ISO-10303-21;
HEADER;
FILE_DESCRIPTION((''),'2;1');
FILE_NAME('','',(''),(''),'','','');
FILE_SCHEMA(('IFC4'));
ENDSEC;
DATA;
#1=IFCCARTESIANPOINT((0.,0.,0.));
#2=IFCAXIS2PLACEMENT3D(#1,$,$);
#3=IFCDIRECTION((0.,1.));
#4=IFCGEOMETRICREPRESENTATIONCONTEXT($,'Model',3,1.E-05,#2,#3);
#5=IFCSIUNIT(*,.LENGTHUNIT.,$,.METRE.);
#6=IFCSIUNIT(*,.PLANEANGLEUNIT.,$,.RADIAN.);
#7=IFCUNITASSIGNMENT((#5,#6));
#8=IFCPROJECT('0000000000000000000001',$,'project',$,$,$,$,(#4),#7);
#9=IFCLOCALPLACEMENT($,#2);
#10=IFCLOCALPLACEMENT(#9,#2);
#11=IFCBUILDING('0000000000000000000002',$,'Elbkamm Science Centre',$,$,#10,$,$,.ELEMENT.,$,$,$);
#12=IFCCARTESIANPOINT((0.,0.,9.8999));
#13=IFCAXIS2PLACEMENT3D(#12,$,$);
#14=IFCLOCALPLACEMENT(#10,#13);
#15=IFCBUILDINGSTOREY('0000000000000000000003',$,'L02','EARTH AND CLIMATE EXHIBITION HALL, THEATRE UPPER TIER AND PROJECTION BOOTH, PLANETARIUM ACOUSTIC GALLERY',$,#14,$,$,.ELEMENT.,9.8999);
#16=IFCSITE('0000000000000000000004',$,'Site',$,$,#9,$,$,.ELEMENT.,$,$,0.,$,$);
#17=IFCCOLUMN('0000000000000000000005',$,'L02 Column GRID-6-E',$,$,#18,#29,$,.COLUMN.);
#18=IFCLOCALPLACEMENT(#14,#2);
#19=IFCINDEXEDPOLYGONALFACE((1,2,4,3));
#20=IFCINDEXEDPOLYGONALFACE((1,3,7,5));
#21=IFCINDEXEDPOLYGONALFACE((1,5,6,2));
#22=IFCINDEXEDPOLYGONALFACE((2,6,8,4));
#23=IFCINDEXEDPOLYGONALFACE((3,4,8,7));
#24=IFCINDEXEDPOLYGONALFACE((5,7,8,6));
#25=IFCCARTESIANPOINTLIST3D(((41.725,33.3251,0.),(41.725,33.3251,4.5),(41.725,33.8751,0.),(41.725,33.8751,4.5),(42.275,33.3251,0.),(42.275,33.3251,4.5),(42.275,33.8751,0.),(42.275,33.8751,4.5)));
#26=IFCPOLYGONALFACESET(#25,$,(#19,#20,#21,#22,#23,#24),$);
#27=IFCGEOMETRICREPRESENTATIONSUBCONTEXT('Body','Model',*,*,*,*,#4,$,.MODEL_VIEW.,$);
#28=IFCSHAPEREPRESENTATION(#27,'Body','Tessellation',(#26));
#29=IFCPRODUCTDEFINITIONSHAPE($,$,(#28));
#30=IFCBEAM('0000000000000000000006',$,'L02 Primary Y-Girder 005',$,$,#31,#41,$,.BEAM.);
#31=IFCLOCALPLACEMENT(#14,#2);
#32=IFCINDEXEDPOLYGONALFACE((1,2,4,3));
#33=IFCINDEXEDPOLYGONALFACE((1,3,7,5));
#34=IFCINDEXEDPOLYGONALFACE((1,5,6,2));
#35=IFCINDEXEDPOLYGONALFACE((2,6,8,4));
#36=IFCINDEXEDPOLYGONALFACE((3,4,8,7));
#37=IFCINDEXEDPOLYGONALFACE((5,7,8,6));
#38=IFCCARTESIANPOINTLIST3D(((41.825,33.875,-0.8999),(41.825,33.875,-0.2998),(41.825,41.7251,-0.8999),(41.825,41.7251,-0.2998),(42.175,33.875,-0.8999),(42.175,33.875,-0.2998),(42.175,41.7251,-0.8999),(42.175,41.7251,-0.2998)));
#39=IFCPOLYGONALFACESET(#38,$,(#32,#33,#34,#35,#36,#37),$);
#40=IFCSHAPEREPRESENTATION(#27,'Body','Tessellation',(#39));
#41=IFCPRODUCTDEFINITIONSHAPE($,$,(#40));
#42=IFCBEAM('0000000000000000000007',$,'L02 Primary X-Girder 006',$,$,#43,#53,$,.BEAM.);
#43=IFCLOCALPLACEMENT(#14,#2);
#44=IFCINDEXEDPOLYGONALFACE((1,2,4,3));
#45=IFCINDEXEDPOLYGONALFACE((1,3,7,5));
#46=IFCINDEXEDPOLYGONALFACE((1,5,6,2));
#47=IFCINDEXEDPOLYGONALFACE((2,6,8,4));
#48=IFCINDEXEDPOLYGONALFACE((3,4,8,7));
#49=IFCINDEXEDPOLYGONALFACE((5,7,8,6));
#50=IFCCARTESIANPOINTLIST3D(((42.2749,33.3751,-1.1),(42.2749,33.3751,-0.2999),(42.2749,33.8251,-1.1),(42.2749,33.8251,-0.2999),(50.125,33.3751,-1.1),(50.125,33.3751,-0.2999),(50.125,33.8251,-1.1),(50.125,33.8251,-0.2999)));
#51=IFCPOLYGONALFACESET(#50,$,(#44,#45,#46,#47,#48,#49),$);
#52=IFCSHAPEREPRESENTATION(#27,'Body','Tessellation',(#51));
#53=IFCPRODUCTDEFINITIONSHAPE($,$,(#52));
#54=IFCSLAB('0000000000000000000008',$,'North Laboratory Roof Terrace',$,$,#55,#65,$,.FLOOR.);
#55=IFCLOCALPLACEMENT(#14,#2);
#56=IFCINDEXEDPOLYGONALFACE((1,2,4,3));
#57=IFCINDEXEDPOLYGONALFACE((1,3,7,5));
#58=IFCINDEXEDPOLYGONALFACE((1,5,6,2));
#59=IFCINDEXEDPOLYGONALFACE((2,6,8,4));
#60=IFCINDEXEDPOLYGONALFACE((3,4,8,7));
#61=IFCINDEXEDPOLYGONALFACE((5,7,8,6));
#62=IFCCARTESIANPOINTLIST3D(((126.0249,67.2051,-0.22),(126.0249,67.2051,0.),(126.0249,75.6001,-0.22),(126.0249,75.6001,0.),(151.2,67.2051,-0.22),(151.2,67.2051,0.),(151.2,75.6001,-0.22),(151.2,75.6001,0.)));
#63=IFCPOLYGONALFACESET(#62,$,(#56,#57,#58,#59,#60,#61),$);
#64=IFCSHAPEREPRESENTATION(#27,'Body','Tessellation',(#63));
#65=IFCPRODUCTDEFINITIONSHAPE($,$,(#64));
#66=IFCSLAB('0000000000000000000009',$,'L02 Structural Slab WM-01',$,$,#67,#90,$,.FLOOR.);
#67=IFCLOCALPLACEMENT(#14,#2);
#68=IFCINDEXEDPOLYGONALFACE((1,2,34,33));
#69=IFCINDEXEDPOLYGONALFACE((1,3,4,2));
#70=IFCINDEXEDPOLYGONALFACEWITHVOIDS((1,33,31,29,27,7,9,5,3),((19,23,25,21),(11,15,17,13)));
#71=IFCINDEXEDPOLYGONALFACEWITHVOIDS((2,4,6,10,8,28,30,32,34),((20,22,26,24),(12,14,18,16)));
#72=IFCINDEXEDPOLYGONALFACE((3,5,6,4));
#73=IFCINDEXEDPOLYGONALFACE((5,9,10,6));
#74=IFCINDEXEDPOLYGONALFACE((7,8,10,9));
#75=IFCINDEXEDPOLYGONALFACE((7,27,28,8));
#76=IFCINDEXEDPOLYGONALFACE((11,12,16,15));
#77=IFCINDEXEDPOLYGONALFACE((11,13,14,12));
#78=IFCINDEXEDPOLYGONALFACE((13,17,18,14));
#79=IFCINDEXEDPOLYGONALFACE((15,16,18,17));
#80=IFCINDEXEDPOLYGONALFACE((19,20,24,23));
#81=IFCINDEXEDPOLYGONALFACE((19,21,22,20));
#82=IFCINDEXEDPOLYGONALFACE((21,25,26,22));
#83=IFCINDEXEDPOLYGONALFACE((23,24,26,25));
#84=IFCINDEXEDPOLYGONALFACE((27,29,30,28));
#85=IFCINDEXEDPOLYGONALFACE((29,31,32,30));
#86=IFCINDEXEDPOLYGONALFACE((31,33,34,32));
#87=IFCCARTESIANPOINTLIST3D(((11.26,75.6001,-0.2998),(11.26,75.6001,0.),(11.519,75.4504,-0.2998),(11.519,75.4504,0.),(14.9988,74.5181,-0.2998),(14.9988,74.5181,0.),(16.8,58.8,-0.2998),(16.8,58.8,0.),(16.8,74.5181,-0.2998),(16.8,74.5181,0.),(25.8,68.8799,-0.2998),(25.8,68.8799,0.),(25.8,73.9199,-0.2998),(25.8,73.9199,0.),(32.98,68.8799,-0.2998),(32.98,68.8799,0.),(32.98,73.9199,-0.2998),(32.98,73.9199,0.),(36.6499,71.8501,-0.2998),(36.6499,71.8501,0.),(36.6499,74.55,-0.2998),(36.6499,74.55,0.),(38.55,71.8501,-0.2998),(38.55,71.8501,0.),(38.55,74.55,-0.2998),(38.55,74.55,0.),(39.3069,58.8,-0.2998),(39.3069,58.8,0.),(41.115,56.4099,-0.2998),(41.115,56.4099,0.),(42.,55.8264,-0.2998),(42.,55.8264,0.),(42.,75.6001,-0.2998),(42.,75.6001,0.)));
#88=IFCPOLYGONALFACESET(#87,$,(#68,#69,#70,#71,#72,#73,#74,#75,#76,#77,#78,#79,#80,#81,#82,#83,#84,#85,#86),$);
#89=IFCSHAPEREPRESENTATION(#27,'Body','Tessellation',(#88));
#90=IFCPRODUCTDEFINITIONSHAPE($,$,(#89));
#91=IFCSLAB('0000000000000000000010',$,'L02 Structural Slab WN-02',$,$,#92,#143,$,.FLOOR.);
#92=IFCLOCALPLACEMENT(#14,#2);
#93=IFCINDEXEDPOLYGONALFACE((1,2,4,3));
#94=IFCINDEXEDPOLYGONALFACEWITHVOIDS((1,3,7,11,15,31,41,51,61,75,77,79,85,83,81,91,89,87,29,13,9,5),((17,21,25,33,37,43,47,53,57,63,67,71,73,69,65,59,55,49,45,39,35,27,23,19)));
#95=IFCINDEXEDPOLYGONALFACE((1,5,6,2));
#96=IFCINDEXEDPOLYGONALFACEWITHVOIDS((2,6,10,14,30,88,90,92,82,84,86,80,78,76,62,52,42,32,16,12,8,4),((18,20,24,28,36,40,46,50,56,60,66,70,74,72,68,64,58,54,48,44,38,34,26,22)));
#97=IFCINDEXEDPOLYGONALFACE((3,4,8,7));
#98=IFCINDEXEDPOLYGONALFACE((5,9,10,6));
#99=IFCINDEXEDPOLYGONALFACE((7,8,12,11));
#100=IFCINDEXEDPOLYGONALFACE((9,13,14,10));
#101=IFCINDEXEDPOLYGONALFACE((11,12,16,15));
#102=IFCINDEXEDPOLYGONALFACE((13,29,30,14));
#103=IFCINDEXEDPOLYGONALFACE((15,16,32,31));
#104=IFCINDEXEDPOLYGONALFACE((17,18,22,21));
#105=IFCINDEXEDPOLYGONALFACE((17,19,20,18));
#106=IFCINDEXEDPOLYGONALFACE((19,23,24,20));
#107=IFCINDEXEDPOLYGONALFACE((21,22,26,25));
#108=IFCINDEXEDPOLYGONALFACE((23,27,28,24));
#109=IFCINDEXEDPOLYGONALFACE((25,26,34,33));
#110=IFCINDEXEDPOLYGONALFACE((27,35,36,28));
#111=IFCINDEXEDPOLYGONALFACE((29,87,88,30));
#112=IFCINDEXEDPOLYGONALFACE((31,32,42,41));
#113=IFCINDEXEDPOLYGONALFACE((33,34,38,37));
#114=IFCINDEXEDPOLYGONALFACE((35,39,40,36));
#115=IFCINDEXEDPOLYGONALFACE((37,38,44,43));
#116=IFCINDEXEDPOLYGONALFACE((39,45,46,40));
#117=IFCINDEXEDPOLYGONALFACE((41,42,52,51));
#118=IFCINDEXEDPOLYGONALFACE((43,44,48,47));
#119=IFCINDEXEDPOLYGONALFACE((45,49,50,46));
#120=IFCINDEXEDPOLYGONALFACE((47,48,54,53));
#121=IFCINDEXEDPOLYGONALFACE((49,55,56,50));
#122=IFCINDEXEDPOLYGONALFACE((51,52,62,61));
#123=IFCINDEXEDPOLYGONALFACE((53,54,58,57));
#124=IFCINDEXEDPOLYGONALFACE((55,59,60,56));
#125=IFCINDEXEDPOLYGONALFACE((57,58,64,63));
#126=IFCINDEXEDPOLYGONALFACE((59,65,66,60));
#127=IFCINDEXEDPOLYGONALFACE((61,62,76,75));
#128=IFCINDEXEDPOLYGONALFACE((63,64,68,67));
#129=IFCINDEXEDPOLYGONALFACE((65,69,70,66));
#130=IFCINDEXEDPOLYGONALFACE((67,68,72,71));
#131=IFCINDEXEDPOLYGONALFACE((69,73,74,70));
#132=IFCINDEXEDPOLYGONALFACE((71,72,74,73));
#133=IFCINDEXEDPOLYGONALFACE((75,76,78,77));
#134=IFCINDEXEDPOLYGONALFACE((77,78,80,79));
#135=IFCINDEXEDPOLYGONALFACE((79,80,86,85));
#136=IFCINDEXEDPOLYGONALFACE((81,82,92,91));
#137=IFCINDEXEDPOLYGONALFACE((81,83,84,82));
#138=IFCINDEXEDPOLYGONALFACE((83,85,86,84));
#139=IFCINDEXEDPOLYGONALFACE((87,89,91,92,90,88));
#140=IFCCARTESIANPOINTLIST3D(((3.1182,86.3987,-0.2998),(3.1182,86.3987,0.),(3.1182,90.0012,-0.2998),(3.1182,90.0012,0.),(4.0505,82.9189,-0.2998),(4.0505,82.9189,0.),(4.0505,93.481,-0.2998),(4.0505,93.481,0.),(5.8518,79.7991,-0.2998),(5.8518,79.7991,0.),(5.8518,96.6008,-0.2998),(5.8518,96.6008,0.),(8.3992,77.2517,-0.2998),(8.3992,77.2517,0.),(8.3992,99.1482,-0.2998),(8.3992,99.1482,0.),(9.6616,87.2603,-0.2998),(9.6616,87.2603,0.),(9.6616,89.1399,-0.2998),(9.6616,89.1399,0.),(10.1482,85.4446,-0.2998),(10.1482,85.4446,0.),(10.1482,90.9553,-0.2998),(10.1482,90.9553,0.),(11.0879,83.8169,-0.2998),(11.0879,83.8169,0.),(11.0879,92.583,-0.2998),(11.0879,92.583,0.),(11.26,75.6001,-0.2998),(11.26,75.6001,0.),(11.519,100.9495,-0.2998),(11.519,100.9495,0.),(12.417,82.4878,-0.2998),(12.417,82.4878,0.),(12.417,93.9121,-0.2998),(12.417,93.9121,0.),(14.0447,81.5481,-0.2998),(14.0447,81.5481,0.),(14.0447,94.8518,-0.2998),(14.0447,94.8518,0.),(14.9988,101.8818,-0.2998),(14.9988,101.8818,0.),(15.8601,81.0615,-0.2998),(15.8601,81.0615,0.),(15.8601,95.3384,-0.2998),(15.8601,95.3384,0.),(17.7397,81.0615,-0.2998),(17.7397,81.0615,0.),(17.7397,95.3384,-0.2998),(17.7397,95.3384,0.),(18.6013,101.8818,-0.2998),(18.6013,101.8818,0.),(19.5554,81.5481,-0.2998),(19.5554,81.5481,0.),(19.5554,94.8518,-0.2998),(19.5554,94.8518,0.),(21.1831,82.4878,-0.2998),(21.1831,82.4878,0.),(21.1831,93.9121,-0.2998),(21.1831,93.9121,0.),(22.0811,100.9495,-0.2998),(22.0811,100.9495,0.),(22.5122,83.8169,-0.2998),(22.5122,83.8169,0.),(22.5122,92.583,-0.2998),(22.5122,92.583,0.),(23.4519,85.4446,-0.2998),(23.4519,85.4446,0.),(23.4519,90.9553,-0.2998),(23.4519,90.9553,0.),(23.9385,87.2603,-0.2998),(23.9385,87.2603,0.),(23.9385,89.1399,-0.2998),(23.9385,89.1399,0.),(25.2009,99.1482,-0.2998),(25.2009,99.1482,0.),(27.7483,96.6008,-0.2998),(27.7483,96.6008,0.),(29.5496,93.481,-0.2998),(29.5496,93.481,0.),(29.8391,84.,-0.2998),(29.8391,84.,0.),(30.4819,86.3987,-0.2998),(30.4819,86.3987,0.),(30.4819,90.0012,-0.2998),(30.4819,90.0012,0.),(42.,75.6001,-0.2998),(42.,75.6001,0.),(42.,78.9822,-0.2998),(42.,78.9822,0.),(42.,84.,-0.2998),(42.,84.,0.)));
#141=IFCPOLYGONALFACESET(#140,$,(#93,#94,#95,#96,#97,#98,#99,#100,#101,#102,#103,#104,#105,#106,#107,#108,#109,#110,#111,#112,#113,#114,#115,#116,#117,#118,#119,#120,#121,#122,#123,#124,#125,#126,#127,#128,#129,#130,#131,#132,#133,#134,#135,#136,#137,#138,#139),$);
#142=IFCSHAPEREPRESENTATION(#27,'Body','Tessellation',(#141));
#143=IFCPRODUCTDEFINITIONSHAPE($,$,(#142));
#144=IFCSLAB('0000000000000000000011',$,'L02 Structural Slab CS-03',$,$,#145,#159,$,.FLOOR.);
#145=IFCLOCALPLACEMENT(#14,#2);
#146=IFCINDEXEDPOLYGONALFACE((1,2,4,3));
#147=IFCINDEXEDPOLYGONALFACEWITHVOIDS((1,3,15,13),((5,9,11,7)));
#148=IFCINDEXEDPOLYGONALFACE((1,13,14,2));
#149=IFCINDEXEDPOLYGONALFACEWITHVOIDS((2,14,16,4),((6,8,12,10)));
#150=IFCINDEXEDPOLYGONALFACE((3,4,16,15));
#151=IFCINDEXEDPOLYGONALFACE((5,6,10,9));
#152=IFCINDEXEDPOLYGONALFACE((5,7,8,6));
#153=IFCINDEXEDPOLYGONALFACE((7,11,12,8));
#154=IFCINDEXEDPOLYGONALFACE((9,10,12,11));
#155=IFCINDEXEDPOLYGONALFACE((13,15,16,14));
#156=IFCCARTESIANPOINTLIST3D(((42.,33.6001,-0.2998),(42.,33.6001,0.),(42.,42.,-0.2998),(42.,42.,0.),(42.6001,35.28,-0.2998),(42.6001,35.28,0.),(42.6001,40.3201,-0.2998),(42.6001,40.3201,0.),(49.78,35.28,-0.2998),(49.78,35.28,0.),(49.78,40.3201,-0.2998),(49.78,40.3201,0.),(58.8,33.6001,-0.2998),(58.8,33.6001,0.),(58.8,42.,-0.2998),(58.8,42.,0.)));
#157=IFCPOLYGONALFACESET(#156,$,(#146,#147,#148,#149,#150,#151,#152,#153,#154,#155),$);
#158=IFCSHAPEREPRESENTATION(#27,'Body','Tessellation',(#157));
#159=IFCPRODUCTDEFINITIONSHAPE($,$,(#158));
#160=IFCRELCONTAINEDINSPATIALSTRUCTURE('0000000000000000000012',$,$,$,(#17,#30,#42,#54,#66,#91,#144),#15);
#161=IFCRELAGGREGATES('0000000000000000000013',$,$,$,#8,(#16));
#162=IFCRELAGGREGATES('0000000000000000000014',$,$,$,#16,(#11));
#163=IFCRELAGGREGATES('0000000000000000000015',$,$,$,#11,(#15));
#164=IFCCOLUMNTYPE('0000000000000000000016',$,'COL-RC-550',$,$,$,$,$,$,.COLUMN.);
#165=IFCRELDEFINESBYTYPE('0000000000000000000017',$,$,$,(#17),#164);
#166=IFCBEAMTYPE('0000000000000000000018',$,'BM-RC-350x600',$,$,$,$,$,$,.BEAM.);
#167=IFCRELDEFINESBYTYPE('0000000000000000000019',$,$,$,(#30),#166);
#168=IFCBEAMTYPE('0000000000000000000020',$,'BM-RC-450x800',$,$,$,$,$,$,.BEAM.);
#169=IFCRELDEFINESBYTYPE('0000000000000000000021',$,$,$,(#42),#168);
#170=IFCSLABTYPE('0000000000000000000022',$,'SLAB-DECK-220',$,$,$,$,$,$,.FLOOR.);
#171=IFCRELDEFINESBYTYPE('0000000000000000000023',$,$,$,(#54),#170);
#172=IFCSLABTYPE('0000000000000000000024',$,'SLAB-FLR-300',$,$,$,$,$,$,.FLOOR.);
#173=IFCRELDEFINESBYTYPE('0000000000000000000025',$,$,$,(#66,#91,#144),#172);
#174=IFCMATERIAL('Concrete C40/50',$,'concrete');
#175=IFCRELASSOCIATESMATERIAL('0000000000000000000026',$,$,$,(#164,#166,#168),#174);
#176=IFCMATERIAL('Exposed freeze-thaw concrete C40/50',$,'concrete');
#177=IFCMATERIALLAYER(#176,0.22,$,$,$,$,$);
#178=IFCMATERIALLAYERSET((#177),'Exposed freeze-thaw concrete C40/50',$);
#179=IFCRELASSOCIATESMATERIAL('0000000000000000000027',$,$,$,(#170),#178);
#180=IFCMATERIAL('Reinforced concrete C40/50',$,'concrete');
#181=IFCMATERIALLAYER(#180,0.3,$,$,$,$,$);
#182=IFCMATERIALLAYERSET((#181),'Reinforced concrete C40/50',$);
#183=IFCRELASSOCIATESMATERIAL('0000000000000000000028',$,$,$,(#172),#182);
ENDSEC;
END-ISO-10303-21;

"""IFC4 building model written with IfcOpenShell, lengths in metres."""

from ifc_helpers import new_model, si_unit, direction, frame, origin, origin_2d, place, context, subcontext, project, spatial, polyline, rectangle, outline, extrude, material, layer, layer_set, material_profile, profile_set, type_object, element, save


model = new_model("IFC4")

# Units and contexts
model_context = context("Model", 3, precision=1e-05, world=origin(), true_north=direction((0.0, 1.0)))
body_context = subcontext(model_context, "Body", "Model", "MODEL_VIEW")
ifc_project = project(units=[si_unit("LENGTHUNIT", "METRE"), si_unit("PLANEANGLEUNIT", "RADIAN")], contexts=[model_context])

# Site, building, storey
site_placement = place(None, origin())
site = spatial("IfcSite", under=ifc_project, at=site_placement, Name="Site", CompositionType="ELEMENT", RefElevation=0.0)
building_placement = place(site_placement, origin())
building = spatial("IfcBuilding", under=site, at=building_placement, Name="Elbkamm Science Centre", CompositionType="ELEMENT")
storey_placement = place(building_placement, frame((0.0, 0.0, 9.8999)))
storey = spatial("IfcBuildingStorey", under=building, at=storey_placement, Name="L02", Description="EARTH AND CLIMATE EXHIBITION HALL, THEATRE UPPER TIER AND PROJECTION BOOTH, PLANETARIUM ACOUSTIC GALLERY", CompositionType="ELEMENT", Elevation=9.8999)

# Column
ifc_material_1 = material(Name="Concrete C40/50", Category="concrete")
ifc_material_profile_1 = material_profile(ifc_material_1, rectangle(XDim=0.55, YDim=0.55, at=origin_2d()), Name="RC 550x550")
ifc_profile_set_1 = profile_set([ifc_material_profile_1], Name="Concrete C40/50")
column_type = type_object("IfcColumnType", Name="COL-RC-550", PredefinedType="COLUMN", material=ifc_profile_set_1)
column_placement = place(storey_placement, frame((42.0, 33.6001, 0.0), z_axis=(0.0, 0.0, 1.0), x_axis=(1.0, 0.0, 0.0)))
element("IfcColumn", 1, at=column_placement, inside=storey, type_object=column_type, Name="L02 Column GRID-6-E", PredefinedType="COLUMN", context=body_context, shape_type="SweptSolid", body=[
    extrude(rectangle(XDim=0.55, YDim=0.55, at=origin_2d()), origin(), (0.0, 0.0, 1.0), 4.5),
])

# Beams
ifc_material_profile_2 = material_profile(ifc_material_1, rectangle(XDim=0.3501, YDim=0.6001, at=origin_2d()), Name="RC 350x600")
ifc_profile_set_2 = profile_set([ifc_material_profile_2], Name="Concrete C40/50")
beam_type_1 = type_object("IfcBeamType", Name="BM-RC-350x600", PredefinedType="BEAM", material=ifc_profile_set_2)
beam_1_placement = place(storey_placement, frame((42.0, 33.875, -0.5999), z_axis=(0.0, 1.0, 0.0), x_axis=(-1.0, 0.0, 0.0)))
element("IfcBeam", 2, at=beam_1_placement, inside=storey, type_object=beam_type_1, Name="L02 Primary Y-Girder 005", PredefinedType="BEAM", context=body_context, shape_type="SweptSolid", body=[
    extrude(rectangle(XDim=0.3501, YDim=0.6001, at=origin_2d()), origin(), (0.0, 0.0, 1.0), 7.8501),
])
ifc_material_profile_3 = material_profile(ifc_material_1, rectangle(XDim=0.45, YDim=0.8, at=origin_2d()), Name="RC 450x800")
ifc_profile_set_3 = profile_set([ifc_material_profile_3], Name="Concrete C40/50")
beam_type_2 = type_object("IfcBeamType", Name="BM-RC-450x800", PredefinedType="BEAM", material=ifc_profile_set_3)
beam_2_placement = place(storey_placement, frame((42.2749, 33.6001, -0.7), z_axis=(1.0, 0.0, 0.0), x_axis=(0.0, 1.0, 0.0)))
element("IfcBeam", 3, at=beam_2_placement, inside=storey, type_object=beam_type_2, Name="L02 Primary X-Girder 006", PredefinedType="BEAM", context=body_context, shape_type="SweptSolid", body=[
    extrude(rectangle(XDim=0.45, YDim=0.8, at=origin_2d()), origin(), (0.0, 0.0, 1.0), 7.8501),
])

# Slabs
ifc_material_2 = material(Name="Exposed freeze-thaw concrete C40/50", Category="concrete")
ifc_layer_1 = layer(ifc_material_2, 0.22)
ifc_layer_set_1 = layer_set([ifc_layer_1], Name="Exposed freeze-thaw concrete C40/50")
slab_type_1 = type_object("IfcSlabType", Name="SLAB-DECK-220", PredefinedType="FLOOR", material=ifc_layer_set_1)
slab_1_placement = place(storey_placement, frame((0.0, 0.0, -0.22)))
element("IfcSlab", 4, at=slab_1_placement, inside=storey, type_object=slab_type_1, Name="North Laboratory Roof Terrace", PredefinedType="FLOOR", context=body_context, shape_type="SweptSolid", body=[
    extrude(outline(polyline([(151.2, 75.6001), (151.2, 67.2051), (126.0249, 67.2051), (126.0249, 75.6001), (151.2, 75.6001)])), origin(), (0.0, 0.0, 1.0), 0.22),
])
ifc_material_3 = material(Name="Reinforced concrete C40/50", Category="concrete")
ifc_layer_2 = layer(ifc_material_3, 0.3)
ifc_layer_set_2 = layer_set([ifc_layer_2], Name="Reinforced concrete C40/50")
slab_type_2 = type_object("IfcSlabType", Name="SLAB-FLR-300", PredefinedType="FLOOR", material=ifc_layer_set_2)
slab_2_placement = place(storey_placement, frame((0.0, 0.0, -0.2998)))
element("IfcSlab", 5, at=slab_2_placement, inside=storey, type_object=slab_type_2, Name="L02 Structural Slab WM-01", PredefinedType="FLOOR", context=body_context, shape_type="SweptSolid", body=[
    extrude(outline(polyline([(41.115, 56.4099), (39.3069, 58.8), (16.8, 58.8), (16.8, 74.5181), (14.9988, 74.5181), (11.519, 75.4504), (11.26, 75.6001), (42.0, 75.6001), (42.0, 55.8264), (41.115, 56.4099)]), holes=[polyline([(32.98, 68.8799), (32.98, 73.9199), (25.8, 73.9199), (25.8, 68.8799), (32.98, 68.8799)]), polyline([(38.55, 71.8501), (38.55, 74.55), (36.6499, 74.55), (36.6499, 71.8501), (38.55, 71.8501)])]), origin(), (0.0, 0.0, 1.0), 0.2998),
])
slab_3_placement = place(storey_placement, frame((0.0, 0.0, -0.2998)))
element("IfcSlab", 6, at=slab_3_placement, inside=storey, type_object=slab_type_2, Name="L02 Structural Slab WN-02", PredefinedType="FLOOR", context=body_context, shape_type="SweptSolid", body=[
    extrude(outline(polyline([(3.1182, 90.0012), (4.0505, 93.481), (5.8518, 96.6008), (8.3992, 99.1482), (11.519, 100.9495), (14.9988, 101.8818), (18.6013, 101.8818), (22.0811, 100.9495), (25.2009, 99.1482), (27.7483, 96.6008), (29.5496, 93.481), (30.4819, 90.0012), (30.4819, 86.3987), (29.8391, 84.0), (42.0, 84.0), (42.0, 78.9822), (42.0, 75.6001), (11.26, 75.6001), (8.3992, 77.2517), (5.8518, 79.7991), (4.0505, 82.9189), (3.1182, 86.3987), (3.1182, 90.0012)]), holes=[polyline([(12.417, 82.4878), (14.0447, 81.5481), (15.8601, 81.0615), (17.7397, 81.0615), (19.5554, 81.5481), (21.1831, 82.4878), (22.5122, 83.8169), (23.4519, 85.4446), (23.9385, 87.2603), (23.9385, 89.1399), (23.4519, 90.9553), (22.5122, 92.583), (21.1831, 93.9121), (19.5554, 94.8518), (17.7397, 95.3384), (15.8601, 95.3384), (14.0447, 94.8518), (12.417, 93.9121), (11.0879, 92.583), (10.1482, 90.9553), (9.6616, 89.1399), (9.6616, 87.2603), (10.1482, 85.4446), (11.0879, 83.8169), (12.417, 82.4878)])]), origin(), (0.0, 0.0, 1.0), 0.2998),
])
slab_4_placement = place(storey_placement, frame((0.0, 0.0, -0.2998)))
element("IfcSlab", 7, at=slab_4_placement, inside=storey, type_object=slab_type_2, Name="L02 Structural Slab CS-03", PredefinedType="FLOOR", context=body_context, shape_type="SweptSolid", body=[
    extrude(outline(polyline([(58.8, 33.6001), (42.0, 33.6001), (42.0, 42.0), (58.8, 42.0), (58.8, 33.6001)]), holes=[polyline([(42.6001, 40.3201), (42.6001, 35.28), (49.78, 35.28), (49.78, 40.3201), (42.6001, 40.3201)])]), origin(), (0.0, 0.0, 1.0), 0.2998),
])

save(model, "model.ifc")
